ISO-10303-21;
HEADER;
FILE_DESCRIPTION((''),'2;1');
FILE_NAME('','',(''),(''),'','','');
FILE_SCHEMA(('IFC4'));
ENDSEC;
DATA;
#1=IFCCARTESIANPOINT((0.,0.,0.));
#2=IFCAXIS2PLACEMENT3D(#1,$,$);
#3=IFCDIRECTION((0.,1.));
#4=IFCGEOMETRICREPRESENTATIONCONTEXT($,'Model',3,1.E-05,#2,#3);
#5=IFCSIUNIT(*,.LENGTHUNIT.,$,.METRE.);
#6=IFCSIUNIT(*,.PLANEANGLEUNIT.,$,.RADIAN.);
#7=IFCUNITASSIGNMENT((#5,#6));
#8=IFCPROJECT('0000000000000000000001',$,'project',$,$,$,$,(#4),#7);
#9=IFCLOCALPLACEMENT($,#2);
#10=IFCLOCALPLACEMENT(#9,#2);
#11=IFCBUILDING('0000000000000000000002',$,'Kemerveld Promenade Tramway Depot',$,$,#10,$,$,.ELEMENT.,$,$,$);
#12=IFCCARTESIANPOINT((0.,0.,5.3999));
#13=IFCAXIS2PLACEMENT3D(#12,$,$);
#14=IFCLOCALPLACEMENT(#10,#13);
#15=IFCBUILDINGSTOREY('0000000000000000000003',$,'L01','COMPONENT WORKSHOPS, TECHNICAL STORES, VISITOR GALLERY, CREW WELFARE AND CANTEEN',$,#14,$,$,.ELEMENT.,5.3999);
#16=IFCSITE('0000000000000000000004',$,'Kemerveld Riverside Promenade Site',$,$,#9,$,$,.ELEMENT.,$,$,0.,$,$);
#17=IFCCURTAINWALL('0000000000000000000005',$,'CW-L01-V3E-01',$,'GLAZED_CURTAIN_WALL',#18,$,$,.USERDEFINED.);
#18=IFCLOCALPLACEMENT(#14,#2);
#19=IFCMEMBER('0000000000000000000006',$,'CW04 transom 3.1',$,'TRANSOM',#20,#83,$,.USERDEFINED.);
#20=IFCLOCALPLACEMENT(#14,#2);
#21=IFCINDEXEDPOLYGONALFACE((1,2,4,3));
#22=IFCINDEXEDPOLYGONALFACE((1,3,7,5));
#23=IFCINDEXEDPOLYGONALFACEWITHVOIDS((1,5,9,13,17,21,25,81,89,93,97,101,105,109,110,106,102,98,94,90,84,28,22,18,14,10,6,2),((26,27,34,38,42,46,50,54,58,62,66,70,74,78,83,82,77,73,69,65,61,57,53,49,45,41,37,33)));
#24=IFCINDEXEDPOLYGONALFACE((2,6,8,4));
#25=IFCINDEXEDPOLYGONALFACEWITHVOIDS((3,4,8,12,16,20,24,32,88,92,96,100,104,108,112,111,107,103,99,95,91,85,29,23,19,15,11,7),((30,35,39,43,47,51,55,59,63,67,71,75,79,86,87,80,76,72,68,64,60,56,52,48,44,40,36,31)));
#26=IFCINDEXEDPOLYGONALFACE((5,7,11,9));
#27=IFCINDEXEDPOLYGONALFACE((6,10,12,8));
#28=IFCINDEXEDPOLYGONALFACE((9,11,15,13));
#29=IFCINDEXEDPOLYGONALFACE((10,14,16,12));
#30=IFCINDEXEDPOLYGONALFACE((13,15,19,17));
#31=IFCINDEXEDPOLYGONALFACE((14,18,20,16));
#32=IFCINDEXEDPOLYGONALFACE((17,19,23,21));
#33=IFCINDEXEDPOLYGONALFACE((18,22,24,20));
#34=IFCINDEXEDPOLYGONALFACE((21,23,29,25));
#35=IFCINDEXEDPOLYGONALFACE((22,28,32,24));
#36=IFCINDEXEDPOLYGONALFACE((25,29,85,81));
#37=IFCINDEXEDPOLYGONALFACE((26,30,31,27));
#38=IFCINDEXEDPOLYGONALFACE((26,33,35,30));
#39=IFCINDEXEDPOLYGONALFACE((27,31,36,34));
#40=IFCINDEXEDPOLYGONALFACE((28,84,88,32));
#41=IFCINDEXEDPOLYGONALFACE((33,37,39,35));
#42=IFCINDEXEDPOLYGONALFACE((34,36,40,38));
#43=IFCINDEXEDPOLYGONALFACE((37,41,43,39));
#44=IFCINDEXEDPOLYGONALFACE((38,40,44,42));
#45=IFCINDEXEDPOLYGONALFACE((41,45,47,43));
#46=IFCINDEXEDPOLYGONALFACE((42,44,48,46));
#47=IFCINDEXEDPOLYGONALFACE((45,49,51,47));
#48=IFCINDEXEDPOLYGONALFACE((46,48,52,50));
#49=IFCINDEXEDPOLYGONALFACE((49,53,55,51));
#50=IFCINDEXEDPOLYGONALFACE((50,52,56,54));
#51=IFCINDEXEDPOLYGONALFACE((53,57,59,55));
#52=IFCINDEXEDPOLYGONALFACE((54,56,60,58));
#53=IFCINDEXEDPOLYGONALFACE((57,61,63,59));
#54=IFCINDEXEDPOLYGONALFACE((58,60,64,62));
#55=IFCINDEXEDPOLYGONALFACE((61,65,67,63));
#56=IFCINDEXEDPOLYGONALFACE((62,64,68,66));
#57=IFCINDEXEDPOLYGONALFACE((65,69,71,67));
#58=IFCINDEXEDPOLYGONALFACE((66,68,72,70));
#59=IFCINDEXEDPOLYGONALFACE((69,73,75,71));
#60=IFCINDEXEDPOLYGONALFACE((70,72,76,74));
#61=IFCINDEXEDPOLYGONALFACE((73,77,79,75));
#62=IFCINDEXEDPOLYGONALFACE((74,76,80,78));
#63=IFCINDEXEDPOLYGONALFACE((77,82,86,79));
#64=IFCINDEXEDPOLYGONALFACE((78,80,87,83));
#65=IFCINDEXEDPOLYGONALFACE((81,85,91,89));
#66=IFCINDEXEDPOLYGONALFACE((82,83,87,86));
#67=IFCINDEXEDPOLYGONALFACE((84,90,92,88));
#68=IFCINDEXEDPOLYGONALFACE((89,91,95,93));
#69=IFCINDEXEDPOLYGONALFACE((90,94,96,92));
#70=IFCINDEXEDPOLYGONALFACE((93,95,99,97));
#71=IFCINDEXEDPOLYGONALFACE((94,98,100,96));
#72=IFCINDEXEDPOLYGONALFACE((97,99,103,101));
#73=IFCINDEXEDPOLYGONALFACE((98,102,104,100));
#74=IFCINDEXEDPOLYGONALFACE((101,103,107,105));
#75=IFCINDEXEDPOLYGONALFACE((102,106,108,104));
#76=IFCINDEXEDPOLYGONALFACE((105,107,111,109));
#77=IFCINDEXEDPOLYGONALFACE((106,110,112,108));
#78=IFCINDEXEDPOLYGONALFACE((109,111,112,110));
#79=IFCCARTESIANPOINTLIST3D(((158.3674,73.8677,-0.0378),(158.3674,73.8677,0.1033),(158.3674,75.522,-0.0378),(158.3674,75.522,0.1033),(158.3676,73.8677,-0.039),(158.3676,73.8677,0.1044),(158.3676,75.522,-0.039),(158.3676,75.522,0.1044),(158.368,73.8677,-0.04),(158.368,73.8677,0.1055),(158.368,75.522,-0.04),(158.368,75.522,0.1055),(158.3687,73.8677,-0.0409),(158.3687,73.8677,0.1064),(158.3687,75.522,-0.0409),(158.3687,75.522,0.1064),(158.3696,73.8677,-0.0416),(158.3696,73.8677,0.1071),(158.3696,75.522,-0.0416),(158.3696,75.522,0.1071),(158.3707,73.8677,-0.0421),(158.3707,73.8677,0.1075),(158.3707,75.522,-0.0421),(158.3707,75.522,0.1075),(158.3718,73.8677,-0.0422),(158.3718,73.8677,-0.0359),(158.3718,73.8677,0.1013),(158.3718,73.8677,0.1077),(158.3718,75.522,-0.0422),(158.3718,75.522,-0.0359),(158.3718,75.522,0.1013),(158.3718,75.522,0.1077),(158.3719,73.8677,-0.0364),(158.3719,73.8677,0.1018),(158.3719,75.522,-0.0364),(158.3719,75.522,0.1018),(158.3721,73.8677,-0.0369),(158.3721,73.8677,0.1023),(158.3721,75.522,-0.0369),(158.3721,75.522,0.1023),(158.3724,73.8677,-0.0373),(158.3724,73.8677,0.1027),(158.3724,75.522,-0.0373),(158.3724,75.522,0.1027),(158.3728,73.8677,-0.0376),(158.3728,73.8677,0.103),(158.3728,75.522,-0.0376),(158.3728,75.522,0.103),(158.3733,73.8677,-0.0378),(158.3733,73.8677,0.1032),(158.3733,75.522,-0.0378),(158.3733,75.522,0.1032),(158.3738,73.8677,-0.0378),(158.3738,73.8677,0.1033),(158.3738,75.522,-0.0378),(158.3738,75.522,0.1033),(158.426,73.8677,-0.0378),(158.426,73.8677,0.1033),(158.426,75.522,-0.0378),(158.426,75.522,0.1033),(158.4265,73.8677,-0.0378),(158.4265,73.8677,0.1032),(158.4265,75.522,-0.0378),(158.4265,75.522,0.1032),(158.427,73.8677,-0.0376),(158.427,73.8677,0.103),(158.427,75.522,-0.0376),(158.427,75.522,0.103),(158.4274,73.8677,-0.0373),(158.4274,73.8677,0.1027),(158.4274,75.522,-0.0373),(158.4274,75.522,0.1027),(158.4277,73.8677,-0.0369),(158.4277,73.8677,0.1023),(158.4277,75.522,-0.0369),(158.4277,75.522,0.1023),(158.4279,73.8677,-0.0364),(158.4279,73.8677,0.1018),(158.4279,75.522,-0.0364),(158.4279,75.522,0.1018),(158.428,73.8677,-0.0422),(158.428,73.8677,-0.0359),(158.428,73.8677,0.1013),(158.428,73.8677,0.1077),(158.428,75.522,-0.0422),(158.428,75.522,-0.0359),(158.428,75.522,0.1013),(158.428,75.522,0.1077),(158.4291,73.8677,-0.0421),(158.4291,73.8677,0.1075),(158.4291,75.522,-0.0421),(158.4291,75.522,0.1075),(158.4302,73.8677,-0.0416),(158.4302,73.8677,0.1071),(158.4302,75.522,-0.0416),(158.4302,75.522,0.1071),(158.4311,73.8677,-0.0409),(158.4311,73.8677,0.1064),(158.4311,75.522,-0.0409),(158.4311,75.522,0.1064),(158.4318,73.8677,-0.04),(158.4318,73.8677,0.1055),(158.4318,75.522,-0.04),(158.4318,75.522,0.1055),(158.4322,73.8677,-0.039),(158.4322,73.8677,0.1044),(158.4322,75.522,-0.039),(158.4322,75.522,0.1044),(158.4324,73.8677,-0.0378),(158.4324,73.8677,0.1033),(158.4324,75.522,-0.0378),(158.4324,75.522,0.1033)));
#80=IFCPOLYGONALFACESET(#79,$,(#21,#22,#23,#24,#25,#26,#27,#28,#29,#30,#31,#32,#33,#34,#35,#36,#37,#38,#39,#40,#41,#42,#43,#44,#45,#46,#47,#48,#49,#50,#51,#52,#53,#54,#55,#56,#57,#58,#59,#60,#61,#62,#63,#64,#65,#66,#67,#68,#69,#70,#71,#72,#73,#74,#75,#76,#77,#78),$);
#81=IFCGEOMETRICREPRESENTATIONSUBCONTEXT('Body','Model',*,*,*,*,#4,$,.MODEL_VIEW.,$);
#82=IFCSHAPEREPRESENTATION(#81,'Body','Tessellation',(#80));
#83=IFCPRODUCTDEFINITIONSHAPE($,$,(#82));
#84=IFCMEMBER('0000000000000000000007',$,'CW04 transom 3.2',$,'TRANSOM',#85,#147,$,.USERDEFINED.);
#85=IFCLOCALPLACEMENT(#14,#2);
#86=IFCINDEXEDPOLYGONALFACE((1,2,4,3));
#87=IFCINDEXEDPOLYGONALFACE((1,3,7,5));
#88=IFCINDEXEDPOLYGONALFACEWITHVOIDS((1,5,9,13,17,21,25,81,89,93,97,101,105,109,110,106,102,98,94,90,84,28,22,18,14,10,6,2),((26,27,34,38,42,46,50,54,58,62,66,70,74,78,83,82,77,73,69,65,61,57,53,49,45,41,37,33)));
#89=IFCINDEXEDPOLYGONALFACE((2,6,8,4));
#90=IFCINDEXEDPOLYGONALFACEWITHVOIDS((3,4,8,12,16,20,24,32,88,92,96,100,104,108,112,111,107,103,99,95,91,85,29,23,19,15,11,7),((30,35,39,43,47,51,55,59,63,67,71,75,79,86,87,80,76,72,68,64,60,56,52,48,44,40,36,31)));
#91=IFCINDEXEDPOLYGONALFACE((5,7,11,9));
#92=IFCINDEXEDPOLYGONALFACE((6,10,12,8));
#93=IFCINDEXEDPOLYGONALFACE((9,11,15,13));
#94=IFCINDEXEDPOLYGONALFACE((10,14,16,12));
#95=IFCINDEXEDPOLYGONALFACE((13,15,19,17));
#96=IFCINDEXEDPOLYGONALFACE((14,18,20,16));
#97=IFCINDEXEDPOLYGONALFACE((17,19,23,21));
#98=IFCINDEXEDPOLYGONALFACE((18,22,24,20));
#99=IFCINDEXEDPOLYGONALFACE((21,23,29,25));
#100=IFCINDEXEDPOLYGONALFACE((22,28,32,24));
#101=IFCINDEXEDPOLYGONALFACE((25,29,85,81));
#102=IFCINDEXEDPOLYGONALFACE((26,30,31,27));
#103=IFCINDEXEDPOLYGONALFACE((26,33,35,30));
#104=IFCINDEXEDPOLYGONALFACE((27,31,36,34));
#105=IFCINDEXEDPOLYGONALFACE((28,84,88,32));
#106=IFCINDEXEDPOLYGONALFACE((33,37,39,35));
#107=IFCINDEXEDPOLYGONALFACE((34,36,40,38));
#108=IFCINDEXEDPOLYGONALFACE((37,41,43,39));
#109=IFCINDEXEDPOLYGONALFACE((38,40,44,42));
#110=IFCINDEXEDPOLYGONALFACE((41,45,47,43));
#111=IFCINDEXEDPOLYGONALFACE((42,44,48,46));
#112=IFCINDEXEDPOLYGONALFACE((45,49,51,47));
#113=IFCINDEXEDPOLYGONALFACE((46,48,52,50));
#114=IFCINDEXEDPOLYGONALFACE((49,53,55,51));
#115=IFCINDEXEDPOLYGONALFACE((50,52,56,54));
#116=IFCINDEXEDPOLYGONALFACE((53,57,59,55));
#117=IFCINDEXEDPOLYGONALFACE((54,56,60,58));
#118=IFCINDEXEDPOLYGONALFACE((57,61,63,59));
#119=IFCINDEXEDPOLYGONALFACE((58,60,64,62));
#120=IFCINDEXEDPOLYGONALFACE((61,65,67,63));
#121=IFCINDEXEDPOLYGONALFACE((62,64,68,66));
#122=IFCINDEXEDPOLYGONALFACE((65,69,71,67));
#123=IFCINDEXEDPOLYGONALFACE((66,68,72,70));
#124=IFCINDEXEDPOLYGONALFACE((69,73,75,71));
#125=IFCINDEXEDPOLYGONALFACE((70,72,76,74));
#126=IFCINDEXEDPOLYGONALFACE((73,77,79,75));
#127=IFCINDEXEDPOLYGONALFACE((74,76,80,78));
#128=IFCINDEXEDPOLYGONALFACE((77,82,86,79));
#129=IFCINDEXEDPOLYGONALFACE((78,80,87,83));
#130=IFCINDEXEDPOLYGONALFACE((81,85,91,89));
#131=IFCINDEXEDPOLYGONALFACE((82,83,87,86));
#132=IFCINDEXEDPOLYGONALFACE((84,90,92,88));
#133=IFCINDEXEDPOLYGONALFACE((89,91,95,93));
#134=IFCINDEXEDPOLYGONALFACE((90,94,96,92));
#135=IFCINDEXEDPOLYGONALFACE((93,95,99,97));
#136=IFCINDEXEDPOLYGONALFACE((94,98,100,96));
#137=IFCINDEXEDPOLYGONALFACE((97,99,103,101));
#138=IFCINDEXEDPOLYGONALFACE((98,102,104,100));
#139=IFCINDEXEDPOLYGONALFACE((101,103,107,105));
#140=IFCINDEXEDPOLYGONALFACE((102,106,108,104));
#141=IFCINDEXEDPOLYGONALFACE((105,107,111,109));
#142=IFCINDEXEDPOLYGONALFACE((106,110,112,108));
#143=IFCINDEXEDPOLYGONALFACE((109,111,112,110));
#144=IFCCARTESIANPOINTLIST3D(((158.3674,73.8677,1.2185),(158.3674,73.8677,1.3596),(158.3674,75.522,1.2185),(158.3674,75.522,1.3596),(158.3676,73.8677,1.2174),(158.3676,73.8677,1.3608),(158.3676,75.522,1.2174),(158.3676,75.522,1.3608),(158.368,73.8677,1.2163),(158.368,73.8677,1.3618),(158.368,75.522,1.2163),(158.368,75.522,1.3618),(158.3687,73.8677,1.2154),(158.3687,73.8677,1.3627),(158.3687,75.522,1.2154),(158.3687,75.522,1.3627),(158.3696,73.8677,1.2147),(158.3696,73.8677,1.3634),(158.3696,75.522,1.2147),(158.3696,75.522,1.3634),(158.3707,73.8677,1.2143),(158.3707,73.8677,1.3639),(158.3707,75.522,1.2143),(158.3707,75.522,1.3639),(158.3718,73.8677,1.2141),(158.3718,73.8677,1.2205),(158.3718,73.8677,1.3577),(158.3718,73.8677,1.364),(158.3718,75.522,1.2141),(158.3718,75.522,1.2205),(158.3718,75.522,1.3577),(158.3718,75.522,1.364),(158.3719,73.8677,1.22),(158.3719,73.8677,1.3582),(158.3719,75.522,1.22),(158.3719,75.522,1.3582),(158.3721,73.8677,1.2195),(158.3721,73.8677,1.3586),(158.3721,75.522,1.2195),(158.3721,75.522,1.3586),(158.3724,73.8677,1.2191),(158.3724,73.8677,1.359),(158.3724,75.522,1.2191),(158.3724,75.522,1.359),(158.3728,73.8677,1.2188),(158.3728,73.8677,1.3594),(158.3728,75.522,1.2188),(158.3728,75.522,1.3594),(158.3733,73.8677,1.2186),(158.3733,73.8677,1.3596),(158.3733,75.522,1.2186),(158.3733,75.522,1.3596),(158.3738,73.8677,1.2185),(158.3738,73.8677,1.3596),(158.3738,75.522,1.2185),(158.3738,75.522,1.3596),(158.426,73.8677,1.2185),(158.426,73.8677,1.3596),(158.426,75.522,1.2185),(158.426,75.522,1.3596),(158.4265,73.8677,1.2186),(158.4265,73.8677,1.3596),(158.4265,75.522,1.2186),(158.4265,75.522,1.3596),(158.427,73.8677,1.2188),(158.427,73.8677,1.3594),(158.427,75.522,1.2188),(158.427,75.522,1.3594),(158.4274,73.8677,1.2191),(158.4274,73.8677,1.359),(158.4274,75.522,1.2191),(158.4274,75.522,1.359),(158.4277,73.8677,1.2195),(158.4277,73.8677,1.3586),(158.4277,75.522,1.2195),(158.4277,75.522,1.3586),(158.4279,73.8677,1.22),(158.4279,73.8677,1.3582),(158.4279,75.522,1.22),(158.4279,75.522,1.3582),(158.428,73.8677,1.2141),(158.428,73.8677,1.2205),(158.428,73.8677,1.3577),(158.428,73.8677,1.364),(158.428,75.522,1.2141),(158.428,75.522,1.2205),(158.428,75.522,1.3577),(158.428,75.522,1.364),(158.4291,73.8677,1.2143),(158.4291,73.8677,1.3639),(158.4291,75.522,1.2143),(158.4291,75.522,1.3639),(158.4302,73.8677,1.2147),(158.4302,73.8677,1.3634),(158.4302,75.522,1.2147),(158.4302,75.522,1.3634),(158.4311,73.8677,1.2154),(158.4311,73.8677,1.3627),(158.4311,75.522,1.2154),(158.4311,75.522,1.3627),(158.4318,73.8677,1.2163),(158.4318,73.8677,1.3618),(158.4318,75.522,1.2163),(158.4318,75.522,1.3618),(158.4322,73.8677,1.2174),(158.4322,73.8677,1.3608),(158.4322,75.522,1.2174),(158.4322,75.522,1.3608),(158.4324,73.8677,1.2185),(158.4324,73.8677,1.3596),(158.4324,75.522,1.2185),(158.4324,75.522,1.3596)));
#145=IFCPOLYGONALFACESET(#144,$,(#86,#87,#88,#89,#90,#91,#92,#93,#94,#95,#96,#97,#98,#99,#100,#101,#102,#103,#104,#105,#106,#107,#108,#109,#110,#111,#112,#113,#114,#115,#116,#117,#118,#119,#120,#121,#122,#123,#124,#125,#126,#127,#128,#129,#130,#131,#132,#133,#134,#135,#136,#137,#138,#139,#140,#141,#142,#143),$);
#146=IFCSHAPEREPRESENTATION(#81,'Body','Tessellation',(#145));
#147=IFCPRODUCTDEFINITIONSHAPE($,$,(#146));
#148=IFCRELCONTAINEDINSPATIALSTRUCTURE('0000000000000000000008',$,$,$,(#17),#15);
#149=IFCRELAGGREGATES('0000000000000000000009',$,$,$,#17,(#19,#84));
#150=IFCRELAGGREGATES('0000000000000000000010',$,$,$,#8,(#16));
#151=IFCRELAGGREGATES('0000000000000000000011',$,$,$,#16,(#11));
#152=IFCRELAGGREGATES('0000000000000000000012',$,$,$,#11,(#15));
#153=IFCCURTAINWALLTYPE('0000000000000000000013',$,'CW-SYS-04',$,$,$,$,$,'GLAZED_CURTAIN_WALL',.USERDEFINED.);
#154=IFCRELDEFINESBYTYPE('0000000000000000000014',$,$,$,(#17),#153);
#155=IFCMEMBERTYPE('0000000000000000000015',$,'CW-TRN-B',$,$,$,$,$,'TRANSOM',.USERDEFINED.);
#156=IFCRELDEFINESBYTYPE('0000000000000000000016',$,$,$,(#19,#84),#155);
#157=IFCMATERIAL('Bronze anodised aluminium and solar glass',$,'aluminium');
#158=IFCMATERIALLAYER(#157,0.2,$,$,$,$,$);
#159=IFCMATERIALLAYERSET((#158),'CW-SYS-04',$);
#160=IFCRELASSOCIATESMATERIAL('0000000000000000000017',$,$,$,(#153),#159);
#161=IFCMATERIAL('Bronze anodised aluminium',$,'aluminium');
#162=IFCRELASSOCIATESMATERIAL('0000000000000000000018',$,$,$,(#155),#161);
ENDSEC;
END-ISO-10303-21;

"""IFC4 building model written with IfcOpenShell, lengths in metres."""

from ifc_helpers import new_model, si_unit, direction, frame, origin, origin_2d, place, context, subcontext, project, spatial, hollow_rectangle, extrude, material, layer, layer_set, material_profile, profile_set, type_object, element, aggregate, save


model = new_model("IFC4")

# Units and contexts
model_context = context("Model", 3, precision=1e-05, world=origin(), true_north=direction((0.0, 1.0)))
body_context = subcontext(model_context, "Body", "Model", "MODEL_VIEW")
ifc_project = project(units=[si_unit("LENGTHUNIT", "METRE"), si_unit("PLANEANGLEUNIT", "RADIAN")], contexts=[model_context])

# Site, building, storey
site_placement = place(None, origin())
site = spatial("IfcSite", under=ifc_project, at=site_placement, Name="Kemerveld Riverside Promenade Site", CompositionType="ELEMENT", RefElevation=0.0)
building_placement = place(site_placement, origin())
building = spatial("IfcBuilding", under=site, at=building_placement, Name="Kemerveld Promenade Tramway Depot", CompositionType="ELEMENT")
storey_placement = place(building_placement, frame((0.0, 0.0, 5.3999)))
storey = spatial("IfcBuildingStorey", under=building, at=storey_placement, Name="L01", Description="COMPONENT WORKSHOPS, TECHNICAL STORES, VISITOR GALLERY, CREW WELFARE AND CANTEEN", CompositionType="ELEMENT", Elevation=5.3999)

# Curtain wall, members
ifc_material_1 = material(Name="Bronze anodised aluminium and solar glass", Category="aluminium")
ifc_layer_1 = layer(ifc_material_1, 0.2)
ifc_layer_set_1 = layer_set([ifc_layer_1], Name="CW-SYS-04")
curtain_wall_type = type_object("IfcCurtainWallType", Name="CW-SYS-04", ElementType="GLAZED_CURTAIN_WALL", PredefinedType="USERDEFINED", material=ifc_layer_set_1)
curtain_wall_placement = place(storey_placement, origin())
curtain_wall = element("IfcCurtainWall", 1, at=curtain_wall_placement, inside=storey, type_object=curtain_wall_type, Name="CW-L01-V3E-01", ObjectType="GLAZED_CURTAIN_WALL", PredefinedType="USERDEFINED")
ifc_material_2 = material(Name="Bronze anodised aluminium", Category="aluminium")
ifc_material_profile_1 = material_profile(ifc_material_2, hollow_rectangle(XDim=0.0649, YDim=0.1499, WallThickness=0.0044, InnerFilletRadius=0.002, OuterFilletRadius=0.0044, at=origin_2d()), Name="CW-TRN-150x65")
ifc_profile_set_1 = profile_set([ifc_material_profile_1], Name="Bronze anodised aluminium")
member_type_1 = type_object("IfcMemberType", Name="CW-TRN-B", ElementType="TRANSOM", PredefinedType="USERDEFINED", material=ifc_profile_set_1)
member_1_placement = place(storey_placement, frame((158.3999, 75.522, 0.0327), z_axis=(0.0, -1.0, 0.0), x_axis=(1.0, 0.0, 0.0)))
member_1 = element("IfcMember", 2, at=member_1_placement, type_object=member_type_1, Name="CW04 transom 3.1", ObjectType="TRANSOM", PredefinedType="USERDEFINED", context=body_context, shape_type="SweptSolid", body=[
    extrude(hollow_rectangle(XDim=0.0649, YDim=0.1499, WallThickness=0.0044, InnerFilletRadius=0.002, OuterFilletRadius=0.0044, at=origin_2d()), origin(), (0.0, 0.0, 1.0), 1.6543),
])
member_2_placement = place(storey_placement, frame((158.3999, 75.522, 1.2891), z_axis=(0.0, -1.0, 0.0), x_axis=(1.0, 0.0, 0.0)))
member_2 = element("IfcMember", 3, at=member_2_placement, type_object=member_type_1, Name="CW04 transom 3.2", ObjectType="TRANSOM", PredefinedType="USERDEFINED", context=body_context, shape_type="SweptSolid", body=[
    extrude(hollow_rectangle(XDim=0.0649, YDim=0.1499, WallThickness=0.0044, InnerFilletRadius=0.002, OuterFilletRadius=0.0044, at=origin_2d()), origin(), (0.0, 0.0, 1.0), 1.6543),
])
aggregate(curtain_wall, [member_1, member_2])

save(model, "model.ifc")
